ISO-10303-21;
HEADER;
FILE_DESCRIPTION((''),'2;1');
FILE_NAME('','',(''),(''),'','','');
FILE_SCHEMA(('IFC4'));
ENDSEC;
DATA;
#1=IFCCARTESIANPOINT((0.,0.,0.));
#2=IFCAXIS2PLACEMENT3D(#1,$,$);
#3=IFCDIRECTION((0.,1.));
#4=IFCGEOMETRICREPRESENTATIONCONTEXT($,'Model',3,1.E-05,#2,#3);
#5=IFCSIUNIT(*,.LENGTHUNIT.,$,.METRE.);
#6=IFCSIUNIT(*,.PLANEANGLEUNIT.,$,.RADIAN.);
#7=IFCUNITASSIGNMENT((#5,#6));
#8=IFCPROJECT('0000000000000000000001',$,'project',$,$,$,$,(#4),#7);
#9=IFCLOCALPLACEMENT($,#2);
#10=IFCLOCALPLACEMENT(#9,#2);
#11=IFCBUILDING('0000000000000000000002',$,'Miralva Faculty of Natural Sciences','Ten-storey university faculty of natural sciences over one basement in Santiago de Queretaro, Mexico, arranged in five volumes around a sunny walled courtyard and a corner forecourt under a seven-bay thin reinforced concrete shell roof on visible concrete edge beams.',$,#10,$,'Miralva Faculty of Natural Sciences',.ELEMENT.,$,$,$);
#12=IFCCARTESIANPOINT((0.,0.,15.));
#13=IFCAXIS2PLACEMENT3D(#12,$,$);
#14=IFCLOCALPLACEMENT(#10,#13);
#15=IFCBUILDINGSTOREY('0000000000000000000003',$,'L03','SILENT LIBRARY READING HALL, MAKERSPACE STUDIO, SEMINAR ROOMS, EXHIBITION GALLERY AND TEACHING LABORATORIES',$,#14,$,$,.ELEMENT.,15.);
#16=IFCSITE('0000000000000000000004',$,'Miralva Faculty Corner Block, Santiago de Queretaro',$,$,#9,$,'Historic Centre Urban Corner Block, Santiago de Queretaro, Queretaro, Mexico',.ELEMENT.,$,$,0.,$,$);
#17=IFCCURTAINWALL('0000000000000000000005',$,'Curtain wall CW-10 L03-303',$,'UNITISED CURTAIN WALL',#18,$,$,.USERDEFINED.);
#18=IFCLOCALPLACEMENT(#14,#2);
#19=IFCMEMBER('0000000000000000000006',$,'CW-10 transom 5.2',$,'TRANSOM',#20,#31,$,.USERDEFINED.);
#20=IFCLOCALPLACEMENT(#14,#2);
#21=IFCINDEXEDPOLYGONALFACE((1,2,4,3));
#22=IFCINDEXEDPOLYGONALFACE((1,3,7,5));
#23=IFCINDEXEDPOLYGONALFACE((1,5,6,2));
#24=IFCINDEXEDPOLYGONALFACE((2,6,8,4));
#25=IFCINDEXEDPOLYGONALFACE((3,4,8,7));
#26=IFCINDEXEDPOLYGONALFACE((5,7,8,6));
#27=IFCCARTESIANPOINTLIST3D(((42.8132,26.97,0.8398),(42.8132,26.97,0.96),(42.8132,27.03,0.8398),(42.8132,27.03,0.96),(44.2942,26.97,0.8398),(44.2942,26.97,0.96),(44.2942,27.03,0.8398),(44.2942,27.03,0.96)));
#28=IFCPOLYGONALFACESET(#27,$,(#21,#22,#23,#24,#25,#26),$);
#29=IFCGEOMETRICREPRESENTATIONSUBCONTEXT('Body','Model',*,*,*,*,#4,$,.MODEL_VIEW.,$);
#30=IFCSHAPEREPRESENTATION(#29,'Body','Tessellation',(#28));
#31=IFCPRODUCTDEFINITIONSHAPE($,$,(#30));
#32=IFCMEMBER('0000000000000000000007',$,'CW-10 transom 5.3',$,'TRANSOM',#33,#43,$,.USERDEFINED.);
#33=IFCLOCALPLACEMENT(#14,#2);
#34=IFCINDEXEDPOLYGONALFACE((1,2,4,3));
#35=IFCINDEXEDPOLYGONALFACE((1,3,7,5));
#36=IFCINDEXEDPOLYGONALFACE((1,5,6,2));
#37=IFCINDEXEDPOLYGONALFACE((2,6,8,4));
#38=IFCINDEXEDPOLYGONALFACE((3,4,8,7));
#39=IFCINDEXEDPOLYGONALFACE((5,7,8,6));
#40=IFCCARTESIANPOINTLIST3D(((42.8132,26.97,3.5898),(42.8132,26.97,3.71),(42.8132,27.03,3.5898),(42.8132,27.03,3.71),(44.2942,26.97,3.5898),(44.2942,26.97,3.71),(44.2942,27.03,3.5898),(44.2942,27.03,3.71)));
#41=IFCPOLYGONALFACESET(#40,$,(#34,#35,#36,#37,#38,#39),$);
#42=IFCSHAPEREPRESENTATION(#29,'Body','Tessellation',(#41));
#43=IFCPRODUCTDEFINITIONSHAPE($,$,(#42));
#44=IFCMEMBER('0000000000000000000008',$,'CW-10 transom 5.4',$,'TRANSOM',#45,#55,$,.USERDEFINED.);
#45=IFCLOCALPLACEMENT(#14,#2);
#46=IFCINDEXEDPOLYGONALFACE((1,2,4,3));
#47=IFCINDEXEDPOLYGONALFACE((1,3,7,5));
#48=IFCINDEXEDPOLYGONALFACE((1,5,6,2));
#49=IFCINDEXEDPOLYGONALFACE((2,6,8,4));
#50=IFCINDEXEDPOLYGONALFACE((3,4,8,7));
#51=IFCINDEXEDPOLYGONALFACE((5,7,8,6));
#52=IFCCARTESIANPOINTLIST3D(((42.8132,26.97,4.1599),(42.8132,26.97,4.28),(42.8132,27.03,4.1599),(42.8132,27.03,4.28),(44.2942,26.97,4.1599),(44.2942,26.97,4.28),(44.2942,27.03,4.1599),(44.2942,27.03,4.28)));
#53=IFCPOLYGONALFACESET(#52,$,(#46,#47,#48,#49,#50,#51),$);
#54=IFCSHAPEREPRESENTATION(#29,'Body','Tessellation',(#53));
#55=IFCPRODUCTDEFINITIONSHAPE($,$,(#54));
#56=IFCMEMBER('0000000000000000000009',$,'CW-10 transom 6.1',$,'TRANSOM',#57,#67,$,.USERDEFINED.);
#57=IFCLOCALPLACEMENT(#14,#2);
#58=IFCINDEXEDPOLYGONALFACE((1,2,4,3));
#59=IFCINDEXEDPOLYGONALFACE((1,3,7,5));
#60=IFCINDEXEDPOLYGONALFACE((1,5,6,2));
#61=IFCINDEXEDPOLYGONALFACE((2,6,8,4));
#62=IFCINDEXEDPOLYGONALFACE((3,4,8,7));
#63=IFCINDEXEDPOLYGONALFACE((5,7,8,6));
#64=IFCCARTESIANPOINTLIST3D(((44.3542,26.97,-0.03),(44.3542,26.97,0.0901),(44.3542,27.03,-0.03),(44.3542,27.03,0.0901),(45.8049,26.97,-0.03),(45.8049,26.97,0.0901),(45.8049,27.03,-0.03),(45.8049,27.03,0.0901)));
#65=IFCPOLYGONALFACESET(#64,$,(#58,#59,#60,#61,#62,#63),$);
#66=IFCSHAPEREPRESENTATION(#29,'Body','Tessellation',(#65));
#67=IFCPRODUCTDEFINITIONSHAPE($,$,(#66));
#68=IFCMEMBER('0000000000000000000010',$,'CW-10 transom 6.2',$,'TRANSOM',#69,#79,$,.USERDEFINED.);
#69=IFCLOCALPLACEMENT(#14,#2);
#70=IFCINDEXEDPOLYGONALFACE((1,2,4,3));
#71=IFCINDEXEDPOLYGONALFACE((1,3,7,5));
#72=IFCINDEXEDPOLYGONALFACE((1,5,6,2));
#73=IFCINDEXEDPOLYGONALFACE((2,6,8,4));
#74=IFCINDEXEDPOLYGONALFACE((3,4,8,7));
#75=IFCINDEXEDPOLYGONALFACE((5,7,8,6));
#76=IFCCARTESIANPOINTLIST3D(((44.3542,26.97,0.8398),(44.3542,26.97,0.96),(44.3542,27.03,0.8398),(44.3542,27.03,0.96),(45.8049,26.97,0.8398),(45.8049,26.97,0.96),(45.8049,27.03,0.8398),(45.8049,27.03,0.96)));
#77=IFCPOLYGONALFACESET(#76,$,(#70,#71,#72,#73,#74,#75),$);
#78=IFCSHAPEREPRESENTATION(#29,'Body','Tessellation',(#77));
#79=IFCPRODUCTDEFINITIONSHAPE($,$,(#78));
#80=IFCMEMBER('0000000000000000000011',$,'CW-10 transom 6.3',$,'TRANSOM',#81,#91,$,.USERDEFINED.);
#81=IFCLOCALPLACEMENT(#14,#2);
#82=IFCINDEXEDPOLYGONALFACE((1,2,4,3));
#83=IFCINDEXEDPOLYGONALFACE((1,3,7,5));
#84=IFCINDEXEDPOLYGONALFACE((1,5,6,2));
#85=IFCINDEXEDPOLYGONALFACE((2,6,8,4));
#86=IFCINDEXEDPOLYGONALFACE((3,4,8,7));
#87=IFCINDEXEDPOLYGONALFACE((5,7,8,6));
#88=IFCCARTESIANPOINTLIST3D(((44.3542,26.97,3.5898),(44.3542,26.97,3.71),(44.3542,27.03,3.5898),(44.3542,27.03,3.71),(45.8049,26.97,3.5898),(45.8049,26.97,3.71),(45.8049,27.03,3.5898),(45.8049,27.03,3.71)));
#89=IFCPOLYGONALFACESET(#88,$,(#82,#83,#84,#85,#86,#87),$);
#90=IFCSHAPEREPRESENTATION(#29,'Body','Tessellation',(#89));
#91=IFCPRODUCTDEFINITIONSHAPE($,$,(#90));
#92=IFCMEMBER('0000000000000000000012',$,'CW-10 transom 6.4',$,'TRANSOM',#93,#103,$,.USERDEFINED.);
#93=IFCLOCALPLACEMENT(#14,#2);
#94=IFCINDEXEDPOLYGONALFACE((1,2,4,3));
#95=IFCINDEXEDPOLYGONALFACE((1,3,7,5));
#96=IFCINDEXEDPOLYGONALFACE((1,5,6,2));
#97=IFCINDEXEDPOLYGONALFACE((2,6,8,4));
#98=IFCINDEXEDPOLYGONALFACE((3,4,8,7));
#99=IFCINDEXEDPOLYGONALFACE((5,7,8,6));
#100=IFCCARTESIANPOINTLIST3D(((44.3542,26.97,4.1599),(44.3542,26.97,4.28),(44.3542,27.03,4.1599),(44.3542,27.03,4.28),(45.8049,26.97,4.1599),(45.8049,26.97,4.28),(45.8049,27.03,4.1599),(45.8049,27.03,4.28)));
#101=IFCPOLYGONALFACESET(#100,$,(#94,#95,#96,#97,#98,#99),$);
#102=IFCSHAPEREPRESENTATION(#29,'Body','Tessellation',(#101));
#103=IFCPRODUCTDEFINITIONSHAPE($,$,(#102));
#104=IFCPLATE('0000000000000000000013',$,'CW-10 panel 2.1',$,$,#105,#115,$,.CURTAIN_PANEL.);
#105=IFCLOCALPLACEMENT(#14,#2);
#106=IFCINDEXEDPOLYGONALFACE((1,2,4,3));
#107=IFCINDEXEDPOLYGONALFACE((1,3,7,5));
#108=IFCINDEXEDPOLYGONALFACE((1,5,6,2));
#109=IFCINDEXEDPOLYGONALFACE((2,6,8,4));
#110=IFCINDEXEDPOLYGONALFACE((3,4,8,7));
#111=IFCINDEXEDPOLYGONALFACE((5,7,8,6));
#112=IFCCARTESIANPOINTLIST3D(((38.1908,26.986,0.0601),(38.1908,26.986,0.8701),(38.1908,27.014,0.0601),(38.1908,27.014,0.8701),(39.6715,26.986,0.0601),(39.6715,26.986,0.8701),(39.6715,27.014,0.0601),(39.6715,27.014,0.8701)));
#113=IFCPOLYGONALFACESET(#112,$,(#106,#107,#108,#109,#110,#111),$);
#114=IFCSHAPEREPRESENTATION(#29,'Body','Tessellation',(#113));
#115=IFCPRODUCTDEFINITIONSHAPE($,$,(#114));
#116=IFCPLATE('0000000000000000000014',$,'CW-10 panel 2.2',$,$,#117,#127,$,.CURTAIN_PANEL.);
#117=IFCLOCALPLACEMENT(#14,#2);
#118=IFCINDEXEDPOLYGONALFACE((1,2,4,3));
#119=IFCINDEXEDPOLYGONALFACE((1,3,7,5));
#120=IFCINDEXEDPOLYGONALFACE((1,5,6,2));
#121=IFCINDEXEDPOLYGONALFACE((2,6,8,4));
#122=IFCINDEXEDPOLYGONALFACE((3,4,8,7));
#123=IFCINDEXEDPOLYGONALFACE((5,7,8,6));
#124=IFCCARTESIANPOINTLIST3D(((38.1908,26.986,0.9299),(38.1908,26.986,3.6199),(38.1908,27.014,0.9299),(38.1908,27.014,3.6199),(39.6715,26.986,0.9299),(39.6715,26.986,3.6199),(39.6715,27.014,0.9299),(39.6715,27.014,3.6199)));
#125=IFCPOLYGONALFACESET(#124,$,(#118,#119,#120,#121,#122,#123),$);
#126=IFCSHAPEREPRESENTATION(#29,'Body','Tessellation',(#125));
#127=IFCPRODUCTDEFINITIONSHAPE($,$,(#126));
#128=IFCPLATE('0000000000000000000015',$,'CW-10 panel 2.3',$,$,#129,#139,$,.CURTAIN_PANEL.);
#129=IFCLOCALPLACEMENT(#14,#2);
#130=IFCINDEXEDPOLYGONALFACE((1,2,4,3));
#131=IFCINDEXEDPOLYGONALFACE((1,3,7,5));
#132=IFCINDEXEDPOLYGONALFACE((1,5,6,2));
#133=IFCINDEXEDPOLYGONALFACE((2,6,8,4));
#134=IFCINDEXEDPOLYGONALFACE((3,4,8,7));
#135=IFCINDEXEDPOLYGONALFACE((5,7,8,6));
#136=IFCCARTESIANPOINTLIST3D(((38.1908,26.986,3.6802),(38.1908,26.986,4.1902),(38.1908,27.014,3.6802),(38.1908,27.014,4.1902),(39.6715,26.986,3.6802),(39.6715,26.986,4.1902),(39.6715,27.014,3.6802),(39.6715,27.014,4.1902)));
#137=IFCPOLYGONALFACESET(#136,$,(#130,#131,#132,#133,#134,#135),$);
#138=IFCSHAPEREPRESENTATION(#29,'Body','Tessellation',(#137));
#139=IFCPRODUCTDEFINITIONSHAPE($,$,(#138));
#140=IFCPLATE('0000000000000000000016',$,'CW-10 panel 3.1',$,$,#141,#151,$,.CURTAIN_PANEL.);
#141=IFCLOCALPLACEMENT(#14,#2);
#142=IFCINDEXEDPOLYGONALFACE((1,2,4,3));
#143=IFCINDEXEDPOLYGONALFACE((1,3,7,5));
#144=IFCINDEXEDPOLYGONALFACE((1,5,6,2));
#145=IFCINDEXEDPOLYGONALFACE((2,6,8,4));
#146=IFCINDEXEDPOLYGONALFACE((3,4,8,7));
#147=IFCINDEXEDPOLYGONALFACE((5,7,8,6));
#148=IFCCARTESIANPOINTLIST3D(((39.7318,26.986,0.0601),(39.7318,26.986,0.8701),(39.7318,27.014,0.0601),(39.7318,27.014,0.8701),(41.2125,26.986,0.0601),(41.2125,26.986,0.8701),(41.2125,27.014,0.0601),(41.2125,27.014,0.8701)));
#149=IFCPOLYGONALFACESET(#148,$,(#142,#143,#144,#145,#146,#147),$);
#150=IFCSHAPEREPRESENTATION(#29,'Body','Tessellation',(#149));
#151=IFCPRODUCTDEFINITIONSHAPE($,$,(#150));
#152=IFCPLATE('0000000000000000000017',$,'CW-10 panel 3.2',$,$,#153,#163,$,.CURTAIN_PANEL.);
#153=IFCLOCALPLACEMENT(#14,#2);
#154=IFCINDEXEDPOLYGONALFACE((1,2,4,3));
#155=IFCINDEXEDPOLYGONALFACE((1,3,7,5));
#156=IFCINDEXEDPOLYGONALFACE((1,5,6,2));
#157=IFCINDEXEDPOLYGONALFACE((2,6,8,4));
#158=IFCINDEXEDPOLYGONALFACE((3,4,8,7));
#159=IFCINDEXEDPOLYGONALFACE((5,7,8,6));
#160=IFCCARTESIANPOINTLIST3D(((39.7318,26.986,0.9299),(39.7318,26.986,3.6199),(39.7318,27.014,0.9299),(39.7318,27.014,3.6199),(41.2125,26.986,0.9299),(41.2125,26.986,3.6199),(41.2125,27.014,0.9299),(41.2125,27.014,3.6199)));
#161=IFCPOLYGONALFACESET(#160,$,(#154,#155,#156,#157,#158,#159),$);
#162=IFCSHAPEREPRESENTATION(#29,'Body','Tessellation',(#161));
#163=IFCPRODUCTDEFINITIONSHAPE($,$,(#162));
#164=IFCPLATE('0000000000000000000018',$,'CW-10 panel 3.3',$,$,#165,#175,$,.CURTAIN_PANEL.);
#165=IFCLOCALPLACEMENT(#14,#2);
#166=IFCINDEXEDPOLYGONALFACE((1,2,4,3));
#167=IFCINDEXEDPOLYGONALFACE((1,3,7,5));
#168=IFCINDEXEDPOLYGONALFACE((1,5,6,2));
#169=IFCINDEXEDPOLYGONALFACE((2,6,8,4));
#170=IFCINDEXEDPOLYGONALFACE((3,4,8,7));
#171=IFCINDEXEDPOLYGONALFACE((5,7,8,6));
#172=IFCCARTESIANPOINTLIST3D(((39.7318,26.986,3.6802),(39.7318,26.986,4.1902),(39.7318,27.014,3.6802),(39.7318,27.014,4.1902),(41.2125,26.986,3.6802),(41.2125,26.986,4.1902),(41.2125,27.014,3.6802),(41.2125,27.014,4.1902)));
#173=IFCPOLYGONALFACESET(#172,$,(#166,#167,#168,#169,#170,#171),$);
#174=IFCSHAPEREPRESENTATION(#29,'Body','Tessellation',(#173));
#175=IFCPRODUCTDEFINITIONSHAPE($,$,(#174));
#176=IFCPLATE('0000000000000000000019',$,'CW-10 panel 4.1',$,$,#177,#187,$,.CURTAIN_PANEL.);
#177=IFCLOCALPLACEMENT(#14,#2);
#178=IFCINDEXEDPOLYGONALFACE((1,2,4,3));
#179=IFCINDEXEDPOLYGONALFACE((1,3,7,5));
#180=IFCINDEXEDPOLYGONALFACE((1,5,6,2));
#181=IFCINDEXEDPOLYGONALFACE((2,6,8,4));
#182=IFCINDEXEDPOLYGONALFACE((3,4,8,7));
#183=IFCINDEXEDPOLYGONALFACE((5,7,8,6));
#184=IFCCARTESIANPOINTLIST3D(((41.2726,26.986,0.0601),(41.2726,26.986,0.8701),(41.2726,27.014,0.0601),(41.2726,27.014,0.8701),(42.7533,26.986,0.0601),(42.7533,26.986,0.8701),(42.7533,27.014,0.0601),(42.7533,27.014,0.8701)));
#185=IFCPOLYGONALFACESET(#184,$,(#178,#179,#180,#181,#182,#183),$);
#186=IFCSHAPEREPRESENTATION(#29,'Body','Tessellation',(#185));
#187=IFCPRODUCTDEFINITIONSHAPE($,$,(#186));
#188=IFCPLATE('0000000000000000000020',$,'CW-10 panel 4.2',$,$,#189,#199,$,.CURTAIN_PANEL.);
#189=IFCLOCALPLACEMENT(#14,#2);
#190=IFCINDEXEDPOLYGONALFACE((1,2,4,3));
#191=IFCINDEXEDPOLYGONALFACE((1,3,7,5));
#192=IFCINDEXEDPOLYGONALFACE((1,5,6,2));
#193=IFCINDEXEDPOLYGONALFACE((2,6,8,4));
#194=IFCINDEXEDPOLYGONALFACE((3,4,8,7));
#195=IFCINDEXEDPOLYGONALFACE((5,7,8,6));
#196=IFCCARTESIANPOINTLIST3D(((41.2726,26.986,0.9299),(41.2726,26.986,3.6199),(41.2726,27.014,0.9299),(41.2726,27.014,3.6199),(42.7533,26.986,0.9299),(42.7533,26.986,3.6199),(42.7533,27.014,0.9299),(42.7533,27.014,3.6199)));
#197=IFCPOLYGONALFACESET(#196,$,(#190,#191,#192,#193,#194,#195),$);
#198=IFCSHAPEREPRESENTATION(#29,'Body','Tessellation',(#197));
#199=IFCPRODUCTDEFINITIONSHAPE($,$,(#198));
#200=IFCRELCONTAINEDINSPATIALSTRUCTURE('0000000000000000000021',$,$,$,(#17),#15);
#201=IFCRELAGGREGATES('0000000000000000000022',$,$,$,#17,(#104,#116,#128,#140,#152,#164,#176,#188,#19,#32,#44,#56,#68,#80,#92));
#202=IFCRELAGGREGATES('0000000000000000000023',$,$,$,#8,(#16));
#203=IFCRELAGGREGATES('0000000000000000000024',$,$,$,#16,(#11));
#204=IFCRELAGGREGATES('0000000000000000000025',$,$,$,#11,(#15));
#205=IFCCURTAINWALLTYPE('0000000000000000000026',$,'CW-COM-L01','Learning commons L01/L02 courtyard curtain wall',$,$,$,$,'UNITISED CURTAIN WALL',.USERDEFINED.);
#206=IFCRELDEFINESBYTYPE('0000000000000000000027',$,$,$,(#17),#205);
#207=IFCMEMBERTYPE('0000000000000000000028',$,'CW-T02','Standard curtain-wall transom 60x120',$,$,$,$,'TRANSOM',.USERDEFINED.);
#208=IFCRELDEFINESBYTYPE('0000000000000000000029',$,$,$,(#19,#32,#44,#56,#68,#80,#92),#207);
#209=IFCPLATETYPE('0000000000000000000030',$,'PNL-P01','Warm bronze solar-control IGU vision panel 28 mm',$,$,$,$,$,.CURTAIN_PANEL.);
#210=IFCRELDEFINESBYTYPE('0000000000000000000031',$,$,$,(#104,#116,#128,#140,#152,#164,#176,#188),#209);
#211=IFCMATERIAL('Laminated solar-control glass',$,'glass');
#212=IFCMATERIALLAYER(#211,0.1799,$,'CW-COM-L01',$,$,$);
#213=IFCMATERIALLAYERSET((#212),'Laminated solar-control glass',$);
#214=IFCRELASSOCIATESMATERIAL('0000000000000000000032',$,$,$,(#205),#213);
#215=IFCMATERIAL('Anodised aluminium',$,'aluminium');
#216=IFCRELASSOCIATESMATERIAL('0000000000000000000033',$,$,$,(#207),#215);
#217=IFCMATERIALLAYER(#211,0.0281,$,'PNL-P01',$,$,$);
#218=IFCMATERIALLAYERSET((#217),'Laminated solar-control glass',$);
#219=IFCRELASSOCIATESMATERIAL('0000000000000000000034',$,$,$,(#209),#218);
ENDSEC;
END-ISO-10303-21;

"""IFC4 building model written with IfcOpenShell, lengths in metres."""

from ifc_helpers import new_model, si_unit, direction, frame, origin, origin_2d, place, context, subcontext, project, spatial, rectangle, extrude, material, layer, layer_set, material_profile, profile_set, type_object, element, aggregate, save


model = new_model("IFC4")

# Units and contexts
model_context = context("Model", 3, precision=1e-05, world=origin(), true_north=direction((0.0, 1.0)))
body_context = subcontext(model_context, "Body", "Model", "MODEL_VIEW")
ifc_project = project(units=[si_unit("LENGTHUNIT", "METRE"), si_unit("PLANEANGLEUNIT", "RADIAN")], contexts=[model_context])

# Site, building, storey
site_placement = place(None, origin())
site = spatial("IfcSite", under=ifc_project, at=site_placement, Name="Miralva Faculty Corner Block, Santiago de Queretaro", LongName="Historic Centre Urban Corner Block, Santiago de Queretaro, Queretaro, Mexico", CompositionType="ELEMENT", RefElevation=0.0)
building_placement = place(site_placement, origin())
building = spatial("IfcBuilding", under=site, at=building_placement, Name="Miralva Faculty of Natural Sciences", Description="Ten-storey university faculty of natural sciences over one basement in Santiago de Queretaro, Mexico, arranged in five volumes around a sunny walled courtyard and a corner forecourt under a seven-bay thin reinforced concrete shell roof on visible concrete edge beams.", LongName="Miralva Faculty of Natural Sciences", CompositionType="ELEMENT")
storey_placement = place(building_placement, frame((0.0, 0.0, 15.0)))
storey = spatial("IfcBuildingStorey", under=building, at=storey_placement, Name="L03", Description="SILENT LIBRARY READING HALL, MAKERSPACE STUDIO, SEMINAR ROOMS, EXHIBITION GALLERY AND TEACHING LABORATORIES", CompositionType="ELEMENT", Elevation=15.0)

# Curtain wall, members, plates
ifc_material_1 = material(Name="Laminated solar-control glass", Category="glass")
ifc_layer_1 = layer(ifc_material_1, 0.1799, Name="CW-COM-L01")
ifc_layer_set_1 = layer_set([ifc_layer_1], Name="Laminated solar-control glass")
curtain_wall_type = type_object("IfcCurtainWallType", Name="CW-COM-L01", Description="Learning commons L01/L02 courtyard curtain wall", ElementType="UNITISED CURTAIN WALL", PredefinedType="USERDEFINED", material=ifc_layer_set_1)
curtain_wall_placement = place(storey_placement, origin())
curtain_wall = element("IfcCurtainWall", 1, at=curtain_wall_placement, inside=storey, type_object=curtain_wall_type, Name="Curtain wall CW-10 L03-303", ObjectType="UNITISED CURTAIN WALL", PredefinedType="USERDEFINED")
ifc_material_2 = material(Name="Anodised aluminium", Category="aluminium")
ifc_material_profile_1 = material_profile(ifc_material_2, rectangle(XDim=0.0601, YDim=0.1201, at=origin_2d()), Name="TRANSOM 60x120")
ifc_profile_set_1 = profile_set([ifc_material_profile_1], Name="Anodised aluminium")
member_type_1 = type_object("IfcMemberType", Name="CW-T02", Description="Standard curtain-wall transom 60x120", ElementType="TRANSOM", PredefinedType="USERDEFINED", material=ifc_profile_set_1)
member_1_placement = place(storey_placement, frame((42.8132, 27.0, 0.8999), z_axis=(1.0, 0.0, 0.0), x_axis=(0.0, 1.0, 0.0)))
member_1 = element("IfcMember", 2, at=member_1_placement, type_object=member_type_1, Name="CW-10 transom 5.2", ObjectType="TRANSOM", PredefinedType="USERDEFINED", context=body_context, shape_type="SweptSolid", body=[
    extrude(rectangle(XDim=0.0601, YDim=0.1201, at=origin_2d()), origin(), (0.0, 0.0, 1.0), 1.481),
])
member_2_placement = place(storey_placement, frame((42.8132, 27.0, 3.6499), z_axis=(1.0, 0.0, 0.0), x_axis=(0.0, 1.0, 0.0)))
member_2 = element("IfcMember", 3, at=member_2_placement, type_object=member_type_1, Name="CW-10 transom 5.3", ObjectType="TRANSOM", PredefinedType="USERDEFINED", context=body_context, shape_type="SweptSolid", body=[
    extrude(rectangle(XDim=0.0601, YDim=0.1201, at=origin_2d()), origin(), (0.0, 0.0, 1.0), 1.481),
])
member_3_placement = place(storey_placement, frame((42.8132, 27.0, 4.22), z_axis=(1.0, 0.0, 0.0), x_axis=(0.0, 1.0, 0.0)))
member_3 = element("IfcMember", 4, at=member_3_placement, type_object=member_type_1, Name="CW-10 transom 5.4", ObjectType="TRANSOM", PredefinedType="USERDEFINED", context=body_context, shape_type="SweptSolid", body=[
    extrude(rectangle(XDim=0.0601, YDim=0.1201, at=origin_2d()), origin(), (0.0, 0.0, 1.0), 1.481),
])
member_4_placement = place(storey_placement, frame((44.3542, 27.0, 0.03), z_axis=(1.0, 0.0, 0.0), x_axis=(0.0, 1.0, 0.0)))
member_4 = element("IfcMember", 5, at=member_4_placement, type_object=member_type_1, Name="CW-10 transom 6.1", ObjectType="TRANSOM", PredefinedType="USERDEFINED", context=body_context, shape_type="SweptSolid", body=[
    extrude(rectangle(XDim=0.0601, YDim=0.1201, at=origin_2d()), origin(), (0.0, 0.0, 1.0), 1.4507),
])
member_5_placement = place(storey_placement, frame((44.3542, 27.0, 0.8999), z_axis=(1.0, 0.0, 0.0), x_axis=(0.0, 1.0, 0.0)))
member_5 = element("IfcMember", 6, at=member_5_placement, type_object=member_type_1, Name="CW-10 transom 6.2", ObjectType="TRANSOM", PredefinedType="USERDEFINED", context=body_context, shape_type="SweptSolid", body=[
    extrude(rectangle(XDim=0.0601, YDim=0.1201, at=origin_2d()), origin(), (0.0, 0.0, 1.0), 1.4507),
])
member_6_placement = place(storey_placement, frame((44.3542, 27.0, 3.6499), z_axis=(1.0, 0.0, 0.0), x_axis=(0.0, 1.0, 0.0)))
member_6 = element("IfcMember", 7, at=member_6_placement, type_object=member_type_1, Name="CW-10 transom 6.3", ObjectType="TRANSOM", PredefinedType="USERDEFINED", context=body_context, shape_type="SweptSolid", body=[
    extrude(rectangle(XDim=0.0601, YDim=0.1201, at=origin_2d()), origin(), (0.0, 0.0, 1.0), 1.4507),
])
member_7_placement = place(storey_placement, frame((44.3542, 27.0, 4.22), z_axis=(1.0, 0.0, 0.0), x_axis=(0.0, 1.0, 0.0)))
member_7 = element("IfcMember", 8, at=member_7_placement, type_object=member_type_1, Name="CW-10 transom 6.4", ObjectType="TRANSOM", PredefinedType="USERDEFINED", context=body_context, shape_type="SweptSolid", body=[
    extrude(rectangle(XDim=0.0601, YDim=0.1201, at=origin_2d()), origin(), (0.0, 0.0, 1.0), 1.4507),
])
ifc_layer_2 = layer(ifc_material_1, 0.0281, Name="PNL-P01")
ifc_layer_set_2 = layer_set([ifc_layer_2], Name="Laminated solar-control glass")
plate_type = type_object("IfcPlateType", Name="PNL-P01", Description="Warm bronze solar-control IGU vision panel 28 mm", PredefinedType="CURTAIN_PANEL", material=ifc_layer_set_2)
plate_1_placement = place(storey_placement, frame((38.9312, 27.0, 0.0601), z_axis=(0.0, 0.0, 1.0), x_axis=(1.0, 0.0, 0.0)))
plate_1 = element("IfcPlate", 9, at=plate_1_placement, type_object=plate_type, Name="CW-10 panel 2.1", PredefinedType="CURTAIN_PANEL", context=body_context, shape_type="SweptSolid", body=[
    extrude(rectangle(XDim=1.4807, YDim=0.0281, at=origin_2d()), origin(), (0.0, 0.0, 1.0), 0.8101),
])
plate_2_placement = place(storey_placement, frame((38.9312, 27.0, 0.9299), z_axis=(0.0, 0.0, 1.0), x_axis=(1.0, 0.0, 0.0)))
plate_2 = element("IfcPlate", 10, at=plate_2_placement, type_object=plate_type, Name="CW-10 panel 2.2", PredefinedType="CURTAIN_PANEL", context=body_context, shape_type="SweptSolid", body=[
    extrude(rectangle(XDim=1.4807, YDim=0.0281, at=origin_2d()), origin(), (0.0, 0.0, 1.0), 2.6899),
])
plate_3_placement = place(storey_placement, frame((38.9312, 27.0, 3.6802), z_axis=(0.0, 0.0, 1.0), x_axis=(1.0, 0.0, 0.0)))
plate_3 = element("IfcPlate", 11, at=plate_3_placement, type_object=plate_type, Name="CW-10 panel 2.3", PredefinedType="CURTAIN_PANEL", context=body_context, shape_type="SweptSolid", body=[
    extrude(rectangle(XDim=1.4807, YDim=0.0281, at=origin_2d()), origin(), (0.0, 0.0, 1.0), 0.51),
])
plate_4_placement = place(storey_placement, frame((40.4722, 27.0, 0.0601), z_axis=(0.0, 0.0, 1.0), x_axis=(1.0, 0.0, 0.0)))
plate_4 = element("IfcPlate", 12, at=plate_4_placement, type_object=plate_type, Name="CW-10 panel 3.1", PredefinedType="CURTAIN_PANEL", context=body_context, shape_type="SweptSolid", body=[
    extrude(rectangle(XDim=1.4807, YDim=0.0281, at=origin_2d()), origin(), (0.0, 0.0, 1.0), 0.8101),
])
plate_5_placement = place(storey_placement, frame((40.4722, 27.0, 0.9299), z_axis=(0.0, 0.0, 1.0), x_axis=(1.0, 0.0, 0.0)))
plate_5 = element("IfcPlate", 13, at=plate_5_placement, type_object=plate_type, Name="CW-10 panel 3.2", PredefinedType="CURTAIN_PANEL", context=body_context, shape_type="SweptSolid", body=[
    extrude(rectangle(XDim=1.4807, YDim=0.0281, at=origin_2d()), origin(), (0.0, 0.0, 1.0), 2.6899),
])
plate_6_placement = place(storey_placement, frame((40.4722, 27.0, 3.6802), z_axis=(0.0, 0.0, 1.0), x_axis=(1.0, 0.0, 0.0)))
plate_6 = element("IfcPlate", 14, at=plate_6_placement, type_object=plate_type, Name="CW-10 panel 3.3", PredefinedType="CURTAIN_PANEL", context=body_context, shape_type="SweptSolid", body=[
    extrude(rectangle(XDim=1.4807, YDim=0.0281, at=origin_2d()), origin(), (0.0, 0.0, 1.0), 0.51),
])
plate_7_placement = place(storey_placement, frame((42.0129, 27.0, 0.0601), z_axis=(0.0, 0.0, 1.0), x_axis=(1.0, 0.0, 0.0)))
plate_7 = element("IfcPlate", 15, at=plate_7_placement, type_object=plate_type, Name="CW-10 panel 4.1", PredefinedType="CURTAIN_PANEL", context=body_context, shape_type="SweptSolid", body=[
    extrude(rectangle(XDim=1.4807, YDim=0.0281, at=origin_2d()), origin(), (0.0, 0.0, 1.0), 0.8101),
])
plate_8_placement = place(storey_placement, frame((42.0129, 27.0, 0.9299), z_axis=(0.0, 0.0, 1.0), x_axis=(1.0, 0.0, 0.0)))
plate_8 = element("IfcPlate", 16, at=plate_8_placement, type_object=plate_type, Name="CW-10 panel 4.2", PredefinedType="CURTAIN_PANEL", context=body_context, shape_type="SweptSolid", body=[
    extrude(rectangle(XDim=1.4807, YDim=0.0281, at=origin_2d()), origin(), (0.0, 0.0, 1.0), 2.6899),
])
aggregate(curtain_wall, [plate_1, plate_2, plate_3, plate_4, plate_5, plate_6, plate_7, plate_8, member_1, member_2, member_3, member_4, member_5, member_6, member_7])

save(model, "model.ifc")
